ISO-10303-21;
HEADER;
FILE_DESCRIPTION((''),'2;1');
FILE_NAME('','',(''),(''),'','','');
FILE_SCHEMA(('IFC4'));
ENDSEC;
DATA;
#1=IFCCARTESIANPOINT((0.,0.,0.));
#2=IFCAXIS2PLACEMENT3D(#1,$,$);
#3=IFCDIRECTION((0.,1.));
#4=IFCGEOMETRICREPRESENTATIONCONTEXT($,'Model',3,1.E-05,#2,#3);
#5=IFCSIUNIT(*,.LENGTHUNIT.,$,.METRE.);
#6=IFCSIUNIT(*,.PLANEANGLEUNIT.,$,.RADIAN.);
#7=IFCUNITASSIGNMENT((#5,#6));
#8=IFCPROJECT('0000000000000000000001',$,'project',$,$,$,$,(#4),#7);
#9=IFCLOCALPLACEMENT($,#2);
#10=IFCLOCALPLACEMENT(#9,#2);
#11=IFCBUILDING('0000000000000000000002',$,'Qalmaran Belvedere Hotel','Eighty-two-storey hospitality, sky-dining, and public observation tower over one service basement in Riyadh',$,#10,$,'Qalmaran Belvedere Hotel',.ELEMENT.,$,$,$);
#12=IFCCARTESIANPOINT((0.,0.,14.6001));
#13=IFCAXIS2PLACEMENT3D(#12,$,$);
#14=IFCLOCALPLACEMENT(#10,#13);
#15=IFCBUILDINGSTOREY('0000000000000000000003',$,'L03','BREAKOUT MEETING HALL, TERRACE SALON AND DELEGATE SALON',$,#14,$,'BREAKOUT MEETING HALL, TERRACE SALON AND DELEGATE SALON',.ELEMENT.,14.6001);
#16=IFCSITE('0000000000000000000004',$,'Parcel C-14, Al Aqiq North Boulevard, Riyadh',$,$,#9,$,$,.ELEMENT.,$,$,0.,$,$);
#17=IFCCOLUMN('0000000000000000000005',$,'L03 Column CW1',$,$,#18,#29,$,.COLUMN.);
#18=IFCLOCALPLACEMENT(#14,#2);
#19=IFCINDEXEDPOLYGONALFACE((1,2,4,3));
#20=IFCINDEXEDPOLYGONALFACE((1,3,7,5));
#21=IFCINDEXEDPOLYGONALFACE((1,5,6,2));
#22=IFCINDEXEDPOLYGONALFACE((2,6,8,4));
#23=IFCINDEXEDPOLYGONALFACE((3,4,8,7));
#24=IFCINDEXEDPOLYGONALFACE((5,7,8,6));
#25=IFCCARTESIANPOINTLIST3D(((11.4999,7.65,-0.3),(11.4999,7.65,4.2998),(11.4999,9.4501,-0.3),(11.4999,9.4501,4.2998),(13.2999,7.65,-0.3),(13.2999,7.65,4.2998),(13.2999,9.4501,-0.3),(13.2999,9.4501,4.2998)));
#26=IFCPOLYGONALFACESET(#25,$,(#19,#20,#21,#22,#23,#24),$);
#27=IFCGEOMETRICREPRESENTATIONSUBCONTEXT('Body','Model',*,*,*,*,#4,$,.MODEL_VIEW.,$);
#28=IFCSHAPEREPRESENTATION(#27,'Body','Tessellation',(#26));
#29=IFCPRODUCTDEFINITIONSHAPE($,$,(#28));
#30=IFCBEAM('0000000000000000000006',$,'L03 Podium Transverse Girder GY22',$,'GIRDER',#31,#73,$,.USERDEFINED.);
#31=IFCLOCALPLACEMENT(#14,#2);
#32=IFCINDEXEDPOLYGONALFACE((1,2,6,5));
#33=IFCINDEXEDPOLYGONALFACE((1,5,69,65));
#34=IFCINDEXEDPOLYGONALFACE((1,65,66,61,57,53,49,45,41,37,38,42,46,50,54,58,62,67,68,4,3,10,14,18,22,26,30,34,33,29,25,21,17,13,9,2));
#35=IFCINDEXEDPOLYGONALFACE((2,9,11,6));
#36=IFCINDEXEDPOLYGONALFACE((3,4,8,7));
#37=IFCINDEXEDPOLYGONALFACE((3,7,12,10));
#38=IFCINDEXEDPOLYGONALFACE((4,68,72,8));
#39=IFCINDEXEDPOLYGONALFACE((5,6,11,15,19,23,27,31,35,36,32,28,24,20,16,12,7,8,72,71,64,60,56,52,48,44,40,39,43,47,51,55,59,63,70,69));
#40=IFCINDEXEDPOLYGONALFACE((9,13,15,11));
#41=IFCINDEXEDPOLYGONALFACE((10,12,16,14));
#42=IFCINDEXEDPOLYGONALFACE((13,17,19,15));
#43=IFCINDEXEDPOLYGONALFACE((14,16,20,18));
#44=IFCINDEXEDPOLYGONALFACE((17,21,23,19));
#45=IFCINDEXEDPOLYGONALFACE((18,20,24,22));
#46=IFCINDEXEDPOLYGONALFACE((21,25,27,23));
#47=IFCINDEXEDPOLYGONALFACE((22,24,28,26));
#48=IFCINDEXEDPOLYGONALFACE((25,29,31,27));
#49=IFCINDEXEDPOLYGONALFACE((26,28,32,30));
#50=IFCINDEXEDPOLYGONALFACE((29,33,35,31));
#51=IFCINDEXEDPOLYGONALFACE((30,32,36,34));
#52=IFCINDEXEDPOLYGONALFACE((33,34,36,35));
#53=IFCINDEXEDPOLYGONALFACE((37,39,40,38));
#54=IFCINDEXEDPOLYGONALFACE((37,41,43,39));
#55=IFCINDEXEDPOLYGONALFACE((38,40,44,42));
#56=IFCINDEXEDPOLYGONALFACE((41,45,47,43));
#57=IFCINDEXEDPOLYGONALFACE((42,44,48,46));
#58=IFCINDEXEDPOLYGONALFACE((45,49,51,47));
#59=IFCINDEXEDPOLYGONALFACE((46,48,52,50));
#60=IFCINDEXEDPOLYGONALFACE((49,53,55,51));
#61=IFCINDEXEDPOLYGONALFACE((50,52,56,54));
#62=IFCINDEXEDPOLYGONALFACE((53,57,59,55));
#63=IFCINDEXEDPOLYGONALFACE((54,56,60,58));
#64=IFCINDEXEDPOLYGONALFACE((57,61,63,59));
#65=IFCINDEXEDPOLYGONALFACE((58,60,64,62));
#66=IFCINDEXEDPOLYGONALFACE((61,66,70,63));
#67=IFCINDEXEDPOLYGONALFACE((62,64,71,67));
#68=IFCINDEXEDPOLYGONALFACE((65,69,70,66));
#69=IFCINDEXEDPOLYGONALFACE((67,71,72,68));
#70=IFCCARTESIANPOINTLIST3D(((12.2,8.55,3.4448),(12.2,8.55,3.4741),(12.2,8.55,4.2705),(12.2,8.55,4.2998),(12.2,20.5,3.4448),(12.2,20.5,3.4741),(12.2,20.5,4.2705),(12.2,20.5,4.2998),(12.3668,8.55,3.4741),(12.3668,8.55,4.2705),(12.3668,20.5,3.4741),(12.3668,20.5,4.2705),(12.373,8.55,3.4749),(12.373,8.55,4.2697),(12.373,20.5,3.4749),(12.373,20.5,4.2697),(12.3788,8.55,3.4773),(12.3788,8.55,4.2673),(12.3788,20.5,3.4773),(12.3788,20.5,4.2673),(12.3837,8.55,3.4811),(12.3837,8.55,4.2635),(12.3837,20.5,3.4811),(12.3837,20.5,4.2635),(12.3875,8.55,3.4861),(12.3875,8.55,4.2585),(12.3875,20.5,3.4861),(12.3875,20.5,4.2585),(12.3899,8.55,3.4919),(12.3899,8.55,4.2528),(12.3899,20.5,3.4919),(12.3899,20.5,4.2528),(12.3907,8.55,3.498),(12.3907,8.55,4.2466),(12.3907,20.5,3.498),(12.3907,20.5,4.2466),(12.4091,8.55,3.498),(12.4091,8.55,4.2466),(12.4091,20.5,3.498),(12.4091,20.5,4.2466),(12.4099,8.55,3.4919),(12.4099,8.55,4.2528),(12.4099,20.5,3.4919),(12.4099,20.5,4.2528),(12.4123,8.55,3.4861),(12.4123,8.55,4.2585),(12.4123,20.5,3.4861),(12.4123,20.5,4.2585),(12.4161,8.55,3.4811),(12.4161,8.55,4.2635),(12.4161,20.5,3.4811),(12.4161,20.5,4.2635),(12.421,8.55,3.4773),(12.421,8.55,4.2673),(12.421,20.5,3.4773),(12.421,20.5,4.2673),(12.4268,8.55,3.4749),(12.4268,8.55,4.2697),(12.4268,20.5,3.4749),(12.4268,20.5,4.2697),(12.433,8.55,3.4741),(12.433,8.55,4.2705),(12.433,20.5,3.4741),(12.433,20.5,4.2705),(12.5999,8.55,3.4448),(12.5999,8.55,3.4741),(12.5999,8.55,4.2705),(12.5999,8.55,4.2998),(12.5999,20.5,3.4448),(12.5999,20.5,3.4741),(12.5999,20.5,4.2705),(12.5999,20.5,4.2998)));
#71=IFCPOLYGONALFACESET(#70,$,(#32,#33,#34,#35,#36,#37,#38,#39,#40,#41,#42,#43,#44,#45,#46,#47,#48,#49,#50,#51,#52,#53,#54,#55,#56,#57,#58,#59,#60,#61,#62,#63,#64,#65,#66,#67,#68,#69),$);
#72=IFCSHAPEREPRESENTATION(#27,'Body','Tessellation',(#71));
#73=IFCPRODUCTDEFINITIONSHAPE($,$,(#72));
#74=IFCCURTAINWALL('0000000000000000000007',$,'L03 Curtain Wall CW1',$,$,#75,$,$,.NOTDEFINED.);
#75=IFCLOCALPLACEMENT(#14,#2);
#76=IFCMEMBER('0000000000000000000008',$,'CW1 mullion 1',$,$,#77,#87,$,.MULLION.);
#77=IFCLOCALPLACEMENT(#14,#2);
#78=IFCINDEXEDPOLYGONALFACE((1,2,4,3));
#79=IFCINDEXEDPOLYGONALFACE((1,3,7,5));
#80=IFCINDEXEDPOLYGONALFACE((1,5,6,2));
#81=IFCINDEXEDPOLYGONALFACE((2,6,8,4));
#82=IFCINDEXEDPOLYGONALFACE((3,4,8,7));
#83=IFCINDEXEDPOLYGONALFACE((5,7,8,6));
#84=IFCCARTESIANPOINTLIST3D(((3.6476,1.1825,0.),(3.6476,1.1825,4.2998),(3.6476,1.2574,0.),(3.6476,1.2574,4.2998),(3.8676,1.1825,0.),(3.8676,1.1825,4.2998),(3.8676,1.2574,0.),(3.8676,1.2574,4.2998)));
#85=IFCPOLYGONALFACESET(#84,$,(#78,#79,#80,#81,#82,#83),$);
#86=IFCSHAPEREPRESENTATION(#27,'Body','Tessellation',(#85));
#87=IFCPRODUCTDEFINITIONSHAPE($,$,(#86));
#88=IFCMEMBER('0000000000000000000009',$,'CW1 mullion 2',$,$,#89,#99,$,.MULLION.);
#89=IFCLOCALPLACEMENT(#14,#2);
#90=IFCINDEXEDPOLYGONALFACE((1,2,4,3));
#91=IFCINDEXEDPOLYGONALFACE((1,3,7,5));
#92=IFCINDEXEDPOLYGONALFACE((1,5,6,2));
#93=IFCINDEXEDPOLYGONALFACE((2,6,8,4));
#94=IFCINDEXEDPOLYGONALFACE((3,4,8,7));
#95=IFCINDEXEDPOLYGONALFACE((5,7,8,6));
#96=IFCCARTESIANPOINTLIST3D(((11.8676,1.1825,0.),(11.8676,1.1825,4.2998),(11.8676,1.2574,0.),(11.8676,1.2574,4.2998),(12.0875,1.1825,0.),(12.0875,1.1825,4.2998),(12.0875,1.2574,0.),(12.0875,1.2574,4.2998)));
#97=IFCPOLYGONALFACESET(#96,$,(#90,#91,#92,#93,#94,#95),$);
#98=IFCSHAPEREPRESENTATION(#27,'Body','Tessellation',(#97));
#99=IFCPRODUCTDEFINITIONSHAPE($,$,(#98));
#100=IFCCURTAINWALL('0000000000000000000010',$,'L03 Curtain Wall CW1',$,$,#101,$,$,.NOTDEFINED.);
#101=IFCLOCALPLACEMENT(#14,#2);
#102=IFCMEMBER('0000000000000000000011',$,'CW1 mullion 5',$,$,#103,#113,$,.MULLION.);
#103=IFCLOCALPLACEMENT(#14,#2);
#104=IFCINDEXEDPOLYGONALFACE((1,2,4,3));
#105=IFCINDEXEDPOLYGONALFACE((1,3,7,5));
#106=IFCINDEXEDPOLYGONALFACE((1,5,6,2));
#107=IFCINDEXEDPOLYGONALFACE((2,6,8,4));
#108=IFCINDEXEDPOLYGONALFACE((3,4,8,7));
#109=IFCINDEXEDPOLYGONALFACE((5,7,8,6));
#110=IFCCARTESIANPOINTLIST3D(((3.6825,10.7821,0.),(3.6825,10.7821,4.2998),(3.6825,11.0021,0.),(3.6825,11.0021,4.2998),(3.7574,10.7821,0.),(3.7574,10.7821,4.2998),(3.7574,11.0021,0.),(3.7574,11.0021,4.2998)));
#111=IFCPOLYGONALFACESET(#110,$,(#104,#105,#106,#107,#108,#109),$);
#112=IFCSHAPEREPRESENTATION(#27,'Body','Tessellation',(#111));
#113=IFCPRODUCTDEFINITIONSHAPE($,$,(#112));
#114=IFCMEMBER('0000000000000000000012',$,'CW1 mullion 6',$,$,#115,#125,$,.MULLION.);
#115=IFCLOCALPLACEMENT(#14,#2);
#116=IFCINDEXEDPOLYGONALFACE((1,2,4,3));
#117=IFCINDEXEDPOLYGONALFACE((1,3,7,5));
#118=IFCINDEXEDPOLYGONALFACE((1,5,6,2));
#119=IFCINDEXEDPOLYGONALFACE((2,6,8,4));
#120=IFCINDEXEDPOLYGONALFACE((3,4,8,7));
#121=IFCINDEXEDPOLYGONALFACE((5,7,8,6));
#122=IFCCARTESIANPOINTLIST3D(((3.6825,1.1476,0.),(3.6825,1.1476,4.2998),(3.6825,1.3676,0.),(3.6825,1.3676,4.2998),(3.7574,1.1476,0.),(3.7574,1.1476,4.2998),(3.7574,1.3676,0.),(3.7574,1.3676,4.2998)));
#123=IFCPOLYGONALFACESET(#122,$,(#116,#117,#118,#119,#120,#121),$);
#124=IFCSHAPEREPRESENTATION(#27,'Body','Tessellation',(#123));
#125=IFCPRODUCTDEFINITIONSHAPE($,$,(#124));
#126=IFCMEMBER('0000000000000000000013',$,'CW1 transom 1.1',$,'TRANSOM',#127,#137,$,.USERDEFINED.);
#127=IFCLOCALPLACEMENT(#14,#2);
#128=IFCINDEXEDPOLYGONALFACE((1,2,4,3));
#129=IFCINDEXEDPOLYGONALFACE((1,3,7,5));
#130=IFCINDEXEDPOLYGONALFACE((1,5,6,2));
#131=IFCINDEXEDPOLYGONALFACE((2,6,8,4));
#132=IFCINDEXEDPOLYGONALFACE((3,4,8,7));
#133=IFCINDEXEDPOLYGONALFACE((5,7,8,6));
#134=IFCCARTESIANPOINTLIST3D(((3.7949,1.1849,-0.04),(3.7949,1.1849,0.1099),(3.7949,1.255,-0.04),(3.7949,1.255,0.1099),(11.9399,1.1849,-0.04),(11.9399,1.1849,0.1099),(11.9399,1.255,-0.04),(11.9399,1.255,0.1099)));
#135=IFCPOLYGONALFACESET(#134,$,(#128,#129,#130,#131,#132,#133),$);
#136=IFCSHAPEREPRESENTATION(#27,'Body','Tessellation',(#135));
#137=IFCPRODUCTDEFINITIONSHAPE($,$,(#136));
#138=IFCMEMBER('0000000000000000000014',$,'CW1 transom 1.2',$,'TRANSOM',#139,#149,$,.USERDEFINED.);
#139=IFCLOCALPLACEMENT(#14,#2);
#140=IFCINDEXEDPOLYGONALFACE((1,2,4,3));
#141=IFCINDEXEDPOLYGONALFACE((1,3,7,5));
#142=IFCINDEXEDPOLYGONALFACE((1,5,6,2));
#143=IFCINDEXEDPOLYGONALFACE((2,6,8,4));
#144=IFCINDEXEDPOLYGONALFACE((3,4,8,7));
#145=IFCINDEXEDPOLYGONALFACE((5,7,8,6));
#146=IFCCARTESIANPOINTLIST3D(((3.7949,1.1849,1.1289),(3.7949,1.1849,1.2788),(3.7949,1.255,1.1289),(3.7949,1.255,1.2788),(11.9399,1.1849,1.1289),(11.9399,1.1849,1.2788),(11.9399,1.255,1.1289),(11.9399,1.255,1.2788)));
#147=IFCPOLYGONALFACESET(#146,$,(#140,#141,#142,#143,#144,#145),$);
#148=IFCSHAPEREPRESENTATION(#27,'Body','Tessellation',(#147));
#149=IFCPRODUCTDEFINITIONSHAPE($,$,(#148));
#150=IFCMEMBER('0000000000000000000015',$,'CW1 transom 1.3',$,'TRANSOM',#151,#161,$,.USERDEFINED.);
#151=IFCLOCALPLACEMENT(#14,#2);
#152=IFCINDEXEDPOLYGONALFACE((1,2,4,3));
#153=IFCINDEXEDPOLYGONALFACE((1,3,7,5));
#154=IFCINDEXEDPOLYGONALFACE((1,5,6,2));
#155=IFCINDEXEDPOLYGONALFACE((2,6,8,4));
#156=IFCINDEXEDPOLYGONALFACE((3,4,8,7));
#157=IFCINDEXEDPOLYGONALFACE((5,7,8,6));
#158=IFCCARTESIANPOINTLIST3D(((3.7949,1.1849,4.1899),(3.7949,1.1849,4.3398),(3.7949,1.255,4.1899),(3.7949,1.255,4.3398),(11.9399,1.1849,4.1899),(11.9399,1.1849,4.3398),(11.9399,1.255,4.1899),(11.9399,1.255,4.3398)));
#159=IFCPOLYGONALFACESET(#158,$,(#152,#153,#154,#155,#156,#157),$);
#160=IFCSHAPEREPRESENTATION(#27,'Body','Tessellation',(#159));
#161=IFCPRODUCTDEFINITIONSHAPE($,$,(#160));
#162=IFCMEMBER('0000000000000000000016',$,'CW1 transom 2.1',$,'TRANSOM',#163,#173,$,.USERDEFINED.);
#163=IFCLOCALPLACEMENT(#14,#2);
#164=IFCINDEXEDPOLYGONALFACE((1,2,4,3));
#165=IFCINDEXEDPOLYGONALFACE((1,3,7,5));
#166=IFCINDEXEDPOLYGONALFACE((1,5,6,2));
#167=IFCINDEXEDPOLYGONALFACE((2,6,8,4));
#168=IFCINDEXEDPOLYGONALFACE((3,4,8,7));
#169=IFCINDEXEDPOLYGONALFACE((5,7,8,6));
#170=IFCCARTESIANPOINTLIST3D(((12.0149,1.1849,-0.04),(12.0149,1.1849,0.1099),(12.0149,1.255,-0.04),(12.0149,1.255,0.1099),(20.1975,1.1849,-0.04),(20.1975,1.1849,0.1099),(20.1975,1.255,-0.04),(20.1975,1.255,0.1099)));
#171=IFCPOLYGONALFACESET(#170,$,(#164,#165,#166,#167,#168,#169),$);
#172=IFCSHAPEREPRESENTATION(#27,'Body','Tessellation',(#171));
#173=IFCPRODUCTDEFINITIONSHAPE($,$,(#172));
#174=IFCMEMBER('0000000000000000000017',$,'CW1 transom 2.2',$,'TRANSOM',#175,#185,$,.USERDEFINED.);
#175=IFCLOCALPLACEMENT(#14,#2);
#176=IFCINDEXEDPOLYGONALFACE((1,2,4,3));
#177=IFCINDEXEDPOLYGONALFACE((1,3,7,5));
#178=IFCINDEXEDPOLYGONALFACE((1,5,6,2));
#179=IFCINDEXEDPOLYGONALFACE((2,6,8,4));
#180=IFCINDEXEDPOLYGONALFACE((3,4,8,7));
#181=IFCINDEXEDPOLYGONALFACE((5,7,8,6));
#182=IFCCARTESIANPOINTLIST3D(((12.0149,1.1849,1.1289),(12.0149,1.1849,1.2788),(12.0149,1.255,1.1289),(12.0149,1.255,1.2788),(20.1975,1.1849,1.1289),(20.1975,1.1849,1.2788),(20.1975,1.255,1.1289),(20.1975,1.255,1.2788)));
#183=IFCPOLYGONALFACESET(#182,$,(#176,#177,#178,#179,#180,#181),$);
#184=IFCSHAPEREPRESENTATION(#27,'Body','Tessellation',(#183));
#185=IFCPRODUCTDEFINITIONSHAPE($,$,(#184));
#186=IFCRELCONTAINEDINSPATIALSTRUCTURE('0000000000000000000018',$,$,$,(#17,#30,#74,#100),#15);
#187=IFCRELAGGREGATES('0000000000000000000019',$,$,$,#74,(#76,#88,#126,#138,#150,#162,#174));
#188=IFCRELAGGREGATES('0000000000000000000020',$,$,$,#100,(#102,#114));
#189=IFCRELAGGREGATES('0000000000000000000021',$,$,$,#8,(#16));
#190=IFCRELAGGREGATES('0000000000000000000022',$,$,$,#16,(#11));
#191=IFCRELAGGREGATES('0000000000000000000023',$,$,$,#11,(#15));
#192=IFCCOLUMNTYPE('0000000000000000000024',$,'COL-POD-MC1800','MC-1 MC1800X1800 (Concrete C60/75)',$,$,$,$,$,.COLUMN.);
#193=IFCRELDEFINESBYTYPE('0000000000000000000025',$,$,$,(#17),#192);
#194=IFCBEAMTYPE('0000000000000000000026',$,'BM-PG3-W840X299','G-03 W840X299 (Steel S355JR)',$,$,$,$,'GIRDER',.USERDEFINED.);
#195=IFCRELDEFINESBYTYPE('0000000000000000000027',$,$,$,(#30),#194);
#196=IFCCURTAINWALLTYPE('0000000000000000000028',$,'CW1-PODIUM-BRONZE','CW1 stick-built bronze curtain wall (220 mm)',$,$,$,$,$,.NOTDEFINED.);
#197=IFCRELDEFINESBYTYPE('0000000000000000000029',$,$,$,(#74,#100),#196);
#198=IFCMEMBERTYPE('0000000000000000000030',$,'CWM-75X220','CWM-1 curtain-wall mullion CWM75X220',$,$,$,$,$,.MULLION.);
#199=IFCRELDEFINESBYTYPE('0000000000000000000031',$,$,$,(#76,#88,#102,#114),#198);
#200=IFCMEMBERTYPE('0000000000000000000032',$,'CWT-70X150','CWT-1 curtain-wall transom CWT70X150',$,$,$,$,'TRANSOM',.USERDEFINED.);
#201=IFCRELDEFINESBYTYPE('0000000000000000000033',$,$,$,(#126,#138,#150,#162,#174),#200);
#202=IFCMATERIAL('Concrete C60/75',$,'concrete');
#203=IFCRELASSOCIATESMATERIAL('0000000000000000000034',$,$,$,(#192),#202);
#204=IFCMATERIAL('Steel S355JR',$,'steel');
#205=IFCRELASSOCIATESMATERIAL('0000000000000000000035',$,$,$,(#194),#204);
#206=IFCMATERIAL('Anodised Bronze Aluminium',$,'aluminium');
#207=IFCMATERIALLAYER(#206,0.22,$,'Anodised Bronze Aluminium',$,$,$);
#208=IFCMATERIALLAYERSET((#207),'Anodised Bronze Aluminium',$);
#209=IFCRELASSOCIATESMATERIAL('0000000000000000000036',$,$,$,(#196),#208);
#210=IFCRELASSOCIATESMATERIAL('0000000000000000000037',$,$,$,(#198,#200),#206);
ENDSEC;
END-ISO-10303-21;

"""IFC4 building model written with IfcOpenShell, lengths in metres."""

from ifc_helpers import new_model, si_unit, direction, frame, origin, origin_2d, place, context, subcontext, project, spatial, rectangle, i_section, extrude, material, layer, layer_set, material_profile, profile_set, type_object, element, aggregate, save


model = new_model("IFC4")

# Units and contexts
model_context = context("Model", 3, precision=1e-05, world=origin(), true_north=direction((0.0, 1.0)))
body_context = subcontext(model_context, "Body", "Model", "MODEL_VIEW")
ifc_project = project(units=[si_unit("LENGTHUNIT", "METRE"), si_unit("PLANEANGLEUNIT", "RADIAN")], contexts=[model_context])

# Site, building, storey
site_placement = place(None, origin())
site = spatial("IfcSite", under=ifc_project, at=site_placement, Name="Parcel C-14, Al Aqiq North Boulevard, Riyadh", CompositionType="ELEMENT", RefElevation=0.0)
building_placement = place(site_placement, origin())
building = spatial("IfcBuilding", under=site, at=building_placement, Name="Qalmaran Belvedere Hotel", Description="Eighty-two-storey hospitality, sky-dining, and public observation tower over one service basement in Riyadh", LongName="Qalmaran Belvedere Hotel", CompositionType="ELEMENT")
storey_placement = place(building_placement, frame((0.0, 0.0, 14.6001)))
storey = spatial("IfcBuildingStorey", under=building, at=storey_placement, Name="L03", Description="BREAKOUT MEETING HALL, TERRACE SALON AND DELEGATE SALON", LongName="BREAKOUT MEETING HALL, TERRACE SALON AND DELEGATE SALON", CompositionType="ELEMENT", Elevation=14.6001)

# Column
ifc_material_1 = material(Name="Concrete C60/75", Category="concrete")
ifc_material_profile_1 = material_profile(ifc_material_1, rectangle(XDim=1.8, YDim=1.8, at=origin_2d()), Name="MC1800X1800")
ifc_profile_set_1 = profile_set([ifc_material_profile_1], Name="Concrete C60/75")
column_type = type_object("IfcColumnType", Name="COL-POD-MC1800", Description="MC-1 MC1800X1800 (Concrete C60/75)", PredefinedType="COLUMN", material=ifc_profile_set_1)
column_placement = place(storey_placement, frame((12.3999, 8.55, -0.3), z_axis=(0.0, 0.0, 1.0), x_axis=(1.0, 0.0, 0.0)))
element("IfcColumn", 1, at=column_placement, inside=storey, type_object=column_type, Name="L03 Column CW1", PredefinedType="COLUMN", context=body_context, shape_type="SweptSolid", body=[
    extrude(rectangle(XDim=1.8, YDim=1.8, at=origin_2d()), origin(), (0.0, 0.0, 1.0), 4.5999),
])

# Beam
ifc_material_2 = material(Name="Steel S355JR", Category="steel")
ifc_material_profile_2 = material_profile(ifc_material_2, i_section(OverallWidth=0.3999, OverallDepth=0.855, WebThickness=0.0183, FlangeThickness=0.0293, FilletRadius=0.0239, at=origin_2d()), Name="W840X299")
ifc_profile_set_2 = profile_set([ifc_material_profile_2], Name="Steel S355JR")
beam_type = type_object("IfcBeamType", Name="BM-PG3-W840X299", Description="G-03 W840X299 (Steel S355JR)", ElementType="GIRDER", PredefinedType="USERDEFINED", material=ifc_profile_set_2)
beam_placement = place(storey_placement, frame((12.3999, 8.55, 3.8723), z_axis=(0.0, 1.0, 0.0), x_axis=(-1.0, 0.0, 0.0)))
element("IfcBeam", 2, at=beam_placement, inside=storey, type_object=beam_type, Name="L03 Podium Transverse Girder GY22", ObjectType="GIRDER", PredefinedType="USERDEFINED", context=body_context, shape_type="SweptSolid", body=[
    extrude(i_section(OverallWidth=0.3999, OverallDepth=0.855, WebThickness=0.0183, FlangeThickness=0.0293, FilletRadius=0.0239, at=origin_2d()), origin(), (0.0, 0.0, 1.0), 11.95),
])

# Curtain walls, members
ifc_material_3 = material(Name="Anodised Bronze Aluminium", Category="aluminium")
ifc_layer_1 = layer(ifc_material_3, 0.22, Name="Anodised Bronze Aluminium")
ifc_layer_set_1 = layer_set([ifc_layer_1], Name="Anodised Bronze Aluminium")
curtain_wall_type = type_object("IfcCurtainWallType", Name="CW1-PODIUM-BRONZE", Description="CW1 stick-built bronze curtain wall (220 mm)", PredefinedType="NOTDEFINED", material=ifc_layer_set_1)
curtain_wall_1_placement = place(storey_placement, origin())
curtain_wall_1 = element("IfcCurtainWall", 3, at=curtain_wall_1_placement, inside=storey, type_object=curtain_wall_type, Name="L03 Curtain Wall CW1", PredefinedType="NOTDEFINED")
ifc_material_profile_3 = material_profile(ifc_material_3, rectangle(XDim=0.075, YDim=0.22, at=origin_2d()), Name="CWM75X220")
ifc_profile_set_3 = profile_set([ifc_material_profile_3], Name="Anodised Bronze Aluminium")
member_type_1 = type_object("IfcMemberType", Name="CWM-75X220", Description="CWM-1 curtain-wall mullion CWM75X220", PredefinedType="MULLION", material=ifc_profile_set_3)
member_1_placement = place(storey_placement, frame((3.7576, 1.22, 0.0), z_axis=(0.0, 0.0, 1.0), x_axis=(0.0, 1.0, 0.0)))
member_1 = element("IfcMember", 4, at=member_1_placement, type_object=member_type_1, Name="CW1 mullion 1", PredefinedType="MULLION", context=body_context, shape_type="SweptSolid", body=[
    extrude(rectangle(XDim=0.075, YDim=0.22, at=origin_2d()), origin(), (0.0, 0.0, 1.0), 4.2998),
])
member_2_placement = place(storey_placement, frame((11.9775, 1.22, 0.0), z_axis=(0.0, 0.0, 1.0), x_axis=(0.0, 1.0, 0.0)))
member_2 = element("IfcMember", 5, at=member_2_placement, type_object=member_type_1, Name="CW1 mullion 2", PredefinedType="MULLION", context=body_context, shape_type="SweptSolid", body=[
    extrude(rectangle(XDim=0.075, YDim=0.22, at=origin_2d()), origin(), (0.0, 0.0, 1.0), 4.2998),
])
curtain_wall_2_placement = place(storey_placement, origin())
curtain_wall_2 = element("IfcCurtainWall", 6, at=curtain_wall_2_placement, inside=storey, type_object=curtain_wall_type, Name="L03 Curtain Wall CW1", PredefinedType="NOTDEFINED")
member_3_placement = place(storey_placement, frame((3.72, 10.8921, 0.0), z_axis=(0.0, 0.0, 1.0), x_axis=(1.0, 0.0, 0.0)))
member_3 = element("IfcMember", 7, at=member_3_placement, type_object=member_type_1, Name="CW1 mullion 5", PredefinedType="MULLION", context=body_context, shape_type="SweptSolid", body=[
    extrude(rectangle(XDim=0.075, YDim=0.22, at=origin_2d()), origin(), (0.0, 0.0, 1.0), 4.2998),
])
member_4_placement = place(storey_placement, frame((3.72, 1.2576, 0.0), z_axis=(0.0, 0.0, 1.0), x_axis=(1.0, 0.0, 0.0)))
member_4 = element("IfcMember", 8, at=member_4_placement, type_object=member_type_1, Name="CW1 mullion 6", PredefinedType="MULLION", context=body_context, shape_type="SweptSolid", body=[
    extrude(rectangle(XDim=0.075, YDim=0.22, at=origin_2d()), origin(), (0.0, 0.0, 1.0), 4.2998),
])

# Members
ifc_material_profile_4 = material_profile(ifc_material_3, rectangle(XDim=0.0701, YDim=0.1499, at=origin_2d()), Name="CWT70X150")
ifc_profile_set_4 = profile_set([ifc_material_profile_4], Name="Anodised Bronze Aluminium")
member_type_2 = type_object("IfcMemberType", Name="CWT-70X150", Description="CWT-1 curtain-wall transom CWT70X150", ElementType="TRANSOM", PredefinedType="USERDEFINED", material=ifc_profile_set_4)
member_5_placement = place(storey_placement, frame((3.7949, 1.22, 0.0349), z_axis=(1.0, 0.0, 0.0), x_axis=(0.0, 1.0, 0.0)))
member_5 = element("IfcMember", 9, at=member_5_placement, type_object=member_type_2, Name="CW1 transom 1.1", ObjectType="TRANSOM", PredefinedType="USERDEFINED", context=body_context, shape_type="SweptSolid", body=[
    extrude(rectangle(XDim=0.0701, YDim=0.1499, at=origin_2d()), origin(), (0.0, 0.0, 1.0), 8.145),
])
member_6_placement = place(storey_placement, frame((3.7949, 1.22, 1.2039), z_axis=(1.0, 0.0, 0.0), x_axis=(0.0, 1.0, 0.0)))
member_6 = element("IfcMember", 10, at=member_6_placement, type_object=member_type_2, Name="CW1 transom 1.2", ObjectType="TRANSOM", PredefinedType="USERDEFINED", context=body_context, shape_type="SweptSolid", body=[
    extrude(rectangle(XDim=0.0701, YDim=0.1499, at=origin_2d()), origin(), (0.0, 0.0, 1.0), 8.145),
])
member_7_placement = place(storey_placement, frame((3.7949, 1.22, 4.2649), z_axis=(1.0, 0.0, 0.0), x_axis=(0.0, 1.0, 0.0)))
member_7 = element("IfcMember", 11, at=member_7_placement, type_object=member_type_2, Name="CW1 transom 1.3", ObjectType="TRANSOM", PredefinedType="USERDEFINED", context=body_context, shape_type="SweptSolid", body=[
    extrude(rectangle(XDim=0.0701, YDim=0.1499, at=origin_2d()), origin(), (0.0, 0.0, 1.0), 8.145),
])
member_8_placement = place(storey_placement, frame((12.0149, 1.22, 0.0349), z_axis=(1.0, 0.0, 0.0), x_axis=(0.0, 1.0, 0.0)))
member_8 = element("IfcMember", 12, at=member_8_placement, type_object=member_type_2, Name="CW1 transom 2.1", ObjectType="TRANSOM", PredefinedType="USERDEFINED", context=body_context, shape_type="SweptSolid", body=[
    extrude(rectangle(XDim=0.0701, YDim=0.1499, at=origin_2d()), origin(), (0.0, 0.0, 1.0), 8.1826),
])
member_9_placement = place(storey_placement, frame((12.0149, 1.22, 1.2039), z_axis=(1.0, 0.0, 0.0), x_axis=(0.0, 1.0, 0.0)))
member_9 = element("IfcMember", 13, at=member_9_placement, type_object=member_type_2, Name="CW1 transom 2.2", ObjectType="TRANSOM", PredefinedType="USERDEFINED", context=body_context, shape_type="SweptSolid", body=[
    extrude(rectangle(XDim=0.0701, YDim=0.1499, at=origin_2d()), origin(), (0.0, 0.0, 1.0), 8.1826),
])

aggregate(curtain_wall_1, [member_1, member_2, member_5, member_6, member_7, member_8, member_9])
aggregate(curtain_wall_2, [member_3, member_4])

save(model, "model.ifc")
